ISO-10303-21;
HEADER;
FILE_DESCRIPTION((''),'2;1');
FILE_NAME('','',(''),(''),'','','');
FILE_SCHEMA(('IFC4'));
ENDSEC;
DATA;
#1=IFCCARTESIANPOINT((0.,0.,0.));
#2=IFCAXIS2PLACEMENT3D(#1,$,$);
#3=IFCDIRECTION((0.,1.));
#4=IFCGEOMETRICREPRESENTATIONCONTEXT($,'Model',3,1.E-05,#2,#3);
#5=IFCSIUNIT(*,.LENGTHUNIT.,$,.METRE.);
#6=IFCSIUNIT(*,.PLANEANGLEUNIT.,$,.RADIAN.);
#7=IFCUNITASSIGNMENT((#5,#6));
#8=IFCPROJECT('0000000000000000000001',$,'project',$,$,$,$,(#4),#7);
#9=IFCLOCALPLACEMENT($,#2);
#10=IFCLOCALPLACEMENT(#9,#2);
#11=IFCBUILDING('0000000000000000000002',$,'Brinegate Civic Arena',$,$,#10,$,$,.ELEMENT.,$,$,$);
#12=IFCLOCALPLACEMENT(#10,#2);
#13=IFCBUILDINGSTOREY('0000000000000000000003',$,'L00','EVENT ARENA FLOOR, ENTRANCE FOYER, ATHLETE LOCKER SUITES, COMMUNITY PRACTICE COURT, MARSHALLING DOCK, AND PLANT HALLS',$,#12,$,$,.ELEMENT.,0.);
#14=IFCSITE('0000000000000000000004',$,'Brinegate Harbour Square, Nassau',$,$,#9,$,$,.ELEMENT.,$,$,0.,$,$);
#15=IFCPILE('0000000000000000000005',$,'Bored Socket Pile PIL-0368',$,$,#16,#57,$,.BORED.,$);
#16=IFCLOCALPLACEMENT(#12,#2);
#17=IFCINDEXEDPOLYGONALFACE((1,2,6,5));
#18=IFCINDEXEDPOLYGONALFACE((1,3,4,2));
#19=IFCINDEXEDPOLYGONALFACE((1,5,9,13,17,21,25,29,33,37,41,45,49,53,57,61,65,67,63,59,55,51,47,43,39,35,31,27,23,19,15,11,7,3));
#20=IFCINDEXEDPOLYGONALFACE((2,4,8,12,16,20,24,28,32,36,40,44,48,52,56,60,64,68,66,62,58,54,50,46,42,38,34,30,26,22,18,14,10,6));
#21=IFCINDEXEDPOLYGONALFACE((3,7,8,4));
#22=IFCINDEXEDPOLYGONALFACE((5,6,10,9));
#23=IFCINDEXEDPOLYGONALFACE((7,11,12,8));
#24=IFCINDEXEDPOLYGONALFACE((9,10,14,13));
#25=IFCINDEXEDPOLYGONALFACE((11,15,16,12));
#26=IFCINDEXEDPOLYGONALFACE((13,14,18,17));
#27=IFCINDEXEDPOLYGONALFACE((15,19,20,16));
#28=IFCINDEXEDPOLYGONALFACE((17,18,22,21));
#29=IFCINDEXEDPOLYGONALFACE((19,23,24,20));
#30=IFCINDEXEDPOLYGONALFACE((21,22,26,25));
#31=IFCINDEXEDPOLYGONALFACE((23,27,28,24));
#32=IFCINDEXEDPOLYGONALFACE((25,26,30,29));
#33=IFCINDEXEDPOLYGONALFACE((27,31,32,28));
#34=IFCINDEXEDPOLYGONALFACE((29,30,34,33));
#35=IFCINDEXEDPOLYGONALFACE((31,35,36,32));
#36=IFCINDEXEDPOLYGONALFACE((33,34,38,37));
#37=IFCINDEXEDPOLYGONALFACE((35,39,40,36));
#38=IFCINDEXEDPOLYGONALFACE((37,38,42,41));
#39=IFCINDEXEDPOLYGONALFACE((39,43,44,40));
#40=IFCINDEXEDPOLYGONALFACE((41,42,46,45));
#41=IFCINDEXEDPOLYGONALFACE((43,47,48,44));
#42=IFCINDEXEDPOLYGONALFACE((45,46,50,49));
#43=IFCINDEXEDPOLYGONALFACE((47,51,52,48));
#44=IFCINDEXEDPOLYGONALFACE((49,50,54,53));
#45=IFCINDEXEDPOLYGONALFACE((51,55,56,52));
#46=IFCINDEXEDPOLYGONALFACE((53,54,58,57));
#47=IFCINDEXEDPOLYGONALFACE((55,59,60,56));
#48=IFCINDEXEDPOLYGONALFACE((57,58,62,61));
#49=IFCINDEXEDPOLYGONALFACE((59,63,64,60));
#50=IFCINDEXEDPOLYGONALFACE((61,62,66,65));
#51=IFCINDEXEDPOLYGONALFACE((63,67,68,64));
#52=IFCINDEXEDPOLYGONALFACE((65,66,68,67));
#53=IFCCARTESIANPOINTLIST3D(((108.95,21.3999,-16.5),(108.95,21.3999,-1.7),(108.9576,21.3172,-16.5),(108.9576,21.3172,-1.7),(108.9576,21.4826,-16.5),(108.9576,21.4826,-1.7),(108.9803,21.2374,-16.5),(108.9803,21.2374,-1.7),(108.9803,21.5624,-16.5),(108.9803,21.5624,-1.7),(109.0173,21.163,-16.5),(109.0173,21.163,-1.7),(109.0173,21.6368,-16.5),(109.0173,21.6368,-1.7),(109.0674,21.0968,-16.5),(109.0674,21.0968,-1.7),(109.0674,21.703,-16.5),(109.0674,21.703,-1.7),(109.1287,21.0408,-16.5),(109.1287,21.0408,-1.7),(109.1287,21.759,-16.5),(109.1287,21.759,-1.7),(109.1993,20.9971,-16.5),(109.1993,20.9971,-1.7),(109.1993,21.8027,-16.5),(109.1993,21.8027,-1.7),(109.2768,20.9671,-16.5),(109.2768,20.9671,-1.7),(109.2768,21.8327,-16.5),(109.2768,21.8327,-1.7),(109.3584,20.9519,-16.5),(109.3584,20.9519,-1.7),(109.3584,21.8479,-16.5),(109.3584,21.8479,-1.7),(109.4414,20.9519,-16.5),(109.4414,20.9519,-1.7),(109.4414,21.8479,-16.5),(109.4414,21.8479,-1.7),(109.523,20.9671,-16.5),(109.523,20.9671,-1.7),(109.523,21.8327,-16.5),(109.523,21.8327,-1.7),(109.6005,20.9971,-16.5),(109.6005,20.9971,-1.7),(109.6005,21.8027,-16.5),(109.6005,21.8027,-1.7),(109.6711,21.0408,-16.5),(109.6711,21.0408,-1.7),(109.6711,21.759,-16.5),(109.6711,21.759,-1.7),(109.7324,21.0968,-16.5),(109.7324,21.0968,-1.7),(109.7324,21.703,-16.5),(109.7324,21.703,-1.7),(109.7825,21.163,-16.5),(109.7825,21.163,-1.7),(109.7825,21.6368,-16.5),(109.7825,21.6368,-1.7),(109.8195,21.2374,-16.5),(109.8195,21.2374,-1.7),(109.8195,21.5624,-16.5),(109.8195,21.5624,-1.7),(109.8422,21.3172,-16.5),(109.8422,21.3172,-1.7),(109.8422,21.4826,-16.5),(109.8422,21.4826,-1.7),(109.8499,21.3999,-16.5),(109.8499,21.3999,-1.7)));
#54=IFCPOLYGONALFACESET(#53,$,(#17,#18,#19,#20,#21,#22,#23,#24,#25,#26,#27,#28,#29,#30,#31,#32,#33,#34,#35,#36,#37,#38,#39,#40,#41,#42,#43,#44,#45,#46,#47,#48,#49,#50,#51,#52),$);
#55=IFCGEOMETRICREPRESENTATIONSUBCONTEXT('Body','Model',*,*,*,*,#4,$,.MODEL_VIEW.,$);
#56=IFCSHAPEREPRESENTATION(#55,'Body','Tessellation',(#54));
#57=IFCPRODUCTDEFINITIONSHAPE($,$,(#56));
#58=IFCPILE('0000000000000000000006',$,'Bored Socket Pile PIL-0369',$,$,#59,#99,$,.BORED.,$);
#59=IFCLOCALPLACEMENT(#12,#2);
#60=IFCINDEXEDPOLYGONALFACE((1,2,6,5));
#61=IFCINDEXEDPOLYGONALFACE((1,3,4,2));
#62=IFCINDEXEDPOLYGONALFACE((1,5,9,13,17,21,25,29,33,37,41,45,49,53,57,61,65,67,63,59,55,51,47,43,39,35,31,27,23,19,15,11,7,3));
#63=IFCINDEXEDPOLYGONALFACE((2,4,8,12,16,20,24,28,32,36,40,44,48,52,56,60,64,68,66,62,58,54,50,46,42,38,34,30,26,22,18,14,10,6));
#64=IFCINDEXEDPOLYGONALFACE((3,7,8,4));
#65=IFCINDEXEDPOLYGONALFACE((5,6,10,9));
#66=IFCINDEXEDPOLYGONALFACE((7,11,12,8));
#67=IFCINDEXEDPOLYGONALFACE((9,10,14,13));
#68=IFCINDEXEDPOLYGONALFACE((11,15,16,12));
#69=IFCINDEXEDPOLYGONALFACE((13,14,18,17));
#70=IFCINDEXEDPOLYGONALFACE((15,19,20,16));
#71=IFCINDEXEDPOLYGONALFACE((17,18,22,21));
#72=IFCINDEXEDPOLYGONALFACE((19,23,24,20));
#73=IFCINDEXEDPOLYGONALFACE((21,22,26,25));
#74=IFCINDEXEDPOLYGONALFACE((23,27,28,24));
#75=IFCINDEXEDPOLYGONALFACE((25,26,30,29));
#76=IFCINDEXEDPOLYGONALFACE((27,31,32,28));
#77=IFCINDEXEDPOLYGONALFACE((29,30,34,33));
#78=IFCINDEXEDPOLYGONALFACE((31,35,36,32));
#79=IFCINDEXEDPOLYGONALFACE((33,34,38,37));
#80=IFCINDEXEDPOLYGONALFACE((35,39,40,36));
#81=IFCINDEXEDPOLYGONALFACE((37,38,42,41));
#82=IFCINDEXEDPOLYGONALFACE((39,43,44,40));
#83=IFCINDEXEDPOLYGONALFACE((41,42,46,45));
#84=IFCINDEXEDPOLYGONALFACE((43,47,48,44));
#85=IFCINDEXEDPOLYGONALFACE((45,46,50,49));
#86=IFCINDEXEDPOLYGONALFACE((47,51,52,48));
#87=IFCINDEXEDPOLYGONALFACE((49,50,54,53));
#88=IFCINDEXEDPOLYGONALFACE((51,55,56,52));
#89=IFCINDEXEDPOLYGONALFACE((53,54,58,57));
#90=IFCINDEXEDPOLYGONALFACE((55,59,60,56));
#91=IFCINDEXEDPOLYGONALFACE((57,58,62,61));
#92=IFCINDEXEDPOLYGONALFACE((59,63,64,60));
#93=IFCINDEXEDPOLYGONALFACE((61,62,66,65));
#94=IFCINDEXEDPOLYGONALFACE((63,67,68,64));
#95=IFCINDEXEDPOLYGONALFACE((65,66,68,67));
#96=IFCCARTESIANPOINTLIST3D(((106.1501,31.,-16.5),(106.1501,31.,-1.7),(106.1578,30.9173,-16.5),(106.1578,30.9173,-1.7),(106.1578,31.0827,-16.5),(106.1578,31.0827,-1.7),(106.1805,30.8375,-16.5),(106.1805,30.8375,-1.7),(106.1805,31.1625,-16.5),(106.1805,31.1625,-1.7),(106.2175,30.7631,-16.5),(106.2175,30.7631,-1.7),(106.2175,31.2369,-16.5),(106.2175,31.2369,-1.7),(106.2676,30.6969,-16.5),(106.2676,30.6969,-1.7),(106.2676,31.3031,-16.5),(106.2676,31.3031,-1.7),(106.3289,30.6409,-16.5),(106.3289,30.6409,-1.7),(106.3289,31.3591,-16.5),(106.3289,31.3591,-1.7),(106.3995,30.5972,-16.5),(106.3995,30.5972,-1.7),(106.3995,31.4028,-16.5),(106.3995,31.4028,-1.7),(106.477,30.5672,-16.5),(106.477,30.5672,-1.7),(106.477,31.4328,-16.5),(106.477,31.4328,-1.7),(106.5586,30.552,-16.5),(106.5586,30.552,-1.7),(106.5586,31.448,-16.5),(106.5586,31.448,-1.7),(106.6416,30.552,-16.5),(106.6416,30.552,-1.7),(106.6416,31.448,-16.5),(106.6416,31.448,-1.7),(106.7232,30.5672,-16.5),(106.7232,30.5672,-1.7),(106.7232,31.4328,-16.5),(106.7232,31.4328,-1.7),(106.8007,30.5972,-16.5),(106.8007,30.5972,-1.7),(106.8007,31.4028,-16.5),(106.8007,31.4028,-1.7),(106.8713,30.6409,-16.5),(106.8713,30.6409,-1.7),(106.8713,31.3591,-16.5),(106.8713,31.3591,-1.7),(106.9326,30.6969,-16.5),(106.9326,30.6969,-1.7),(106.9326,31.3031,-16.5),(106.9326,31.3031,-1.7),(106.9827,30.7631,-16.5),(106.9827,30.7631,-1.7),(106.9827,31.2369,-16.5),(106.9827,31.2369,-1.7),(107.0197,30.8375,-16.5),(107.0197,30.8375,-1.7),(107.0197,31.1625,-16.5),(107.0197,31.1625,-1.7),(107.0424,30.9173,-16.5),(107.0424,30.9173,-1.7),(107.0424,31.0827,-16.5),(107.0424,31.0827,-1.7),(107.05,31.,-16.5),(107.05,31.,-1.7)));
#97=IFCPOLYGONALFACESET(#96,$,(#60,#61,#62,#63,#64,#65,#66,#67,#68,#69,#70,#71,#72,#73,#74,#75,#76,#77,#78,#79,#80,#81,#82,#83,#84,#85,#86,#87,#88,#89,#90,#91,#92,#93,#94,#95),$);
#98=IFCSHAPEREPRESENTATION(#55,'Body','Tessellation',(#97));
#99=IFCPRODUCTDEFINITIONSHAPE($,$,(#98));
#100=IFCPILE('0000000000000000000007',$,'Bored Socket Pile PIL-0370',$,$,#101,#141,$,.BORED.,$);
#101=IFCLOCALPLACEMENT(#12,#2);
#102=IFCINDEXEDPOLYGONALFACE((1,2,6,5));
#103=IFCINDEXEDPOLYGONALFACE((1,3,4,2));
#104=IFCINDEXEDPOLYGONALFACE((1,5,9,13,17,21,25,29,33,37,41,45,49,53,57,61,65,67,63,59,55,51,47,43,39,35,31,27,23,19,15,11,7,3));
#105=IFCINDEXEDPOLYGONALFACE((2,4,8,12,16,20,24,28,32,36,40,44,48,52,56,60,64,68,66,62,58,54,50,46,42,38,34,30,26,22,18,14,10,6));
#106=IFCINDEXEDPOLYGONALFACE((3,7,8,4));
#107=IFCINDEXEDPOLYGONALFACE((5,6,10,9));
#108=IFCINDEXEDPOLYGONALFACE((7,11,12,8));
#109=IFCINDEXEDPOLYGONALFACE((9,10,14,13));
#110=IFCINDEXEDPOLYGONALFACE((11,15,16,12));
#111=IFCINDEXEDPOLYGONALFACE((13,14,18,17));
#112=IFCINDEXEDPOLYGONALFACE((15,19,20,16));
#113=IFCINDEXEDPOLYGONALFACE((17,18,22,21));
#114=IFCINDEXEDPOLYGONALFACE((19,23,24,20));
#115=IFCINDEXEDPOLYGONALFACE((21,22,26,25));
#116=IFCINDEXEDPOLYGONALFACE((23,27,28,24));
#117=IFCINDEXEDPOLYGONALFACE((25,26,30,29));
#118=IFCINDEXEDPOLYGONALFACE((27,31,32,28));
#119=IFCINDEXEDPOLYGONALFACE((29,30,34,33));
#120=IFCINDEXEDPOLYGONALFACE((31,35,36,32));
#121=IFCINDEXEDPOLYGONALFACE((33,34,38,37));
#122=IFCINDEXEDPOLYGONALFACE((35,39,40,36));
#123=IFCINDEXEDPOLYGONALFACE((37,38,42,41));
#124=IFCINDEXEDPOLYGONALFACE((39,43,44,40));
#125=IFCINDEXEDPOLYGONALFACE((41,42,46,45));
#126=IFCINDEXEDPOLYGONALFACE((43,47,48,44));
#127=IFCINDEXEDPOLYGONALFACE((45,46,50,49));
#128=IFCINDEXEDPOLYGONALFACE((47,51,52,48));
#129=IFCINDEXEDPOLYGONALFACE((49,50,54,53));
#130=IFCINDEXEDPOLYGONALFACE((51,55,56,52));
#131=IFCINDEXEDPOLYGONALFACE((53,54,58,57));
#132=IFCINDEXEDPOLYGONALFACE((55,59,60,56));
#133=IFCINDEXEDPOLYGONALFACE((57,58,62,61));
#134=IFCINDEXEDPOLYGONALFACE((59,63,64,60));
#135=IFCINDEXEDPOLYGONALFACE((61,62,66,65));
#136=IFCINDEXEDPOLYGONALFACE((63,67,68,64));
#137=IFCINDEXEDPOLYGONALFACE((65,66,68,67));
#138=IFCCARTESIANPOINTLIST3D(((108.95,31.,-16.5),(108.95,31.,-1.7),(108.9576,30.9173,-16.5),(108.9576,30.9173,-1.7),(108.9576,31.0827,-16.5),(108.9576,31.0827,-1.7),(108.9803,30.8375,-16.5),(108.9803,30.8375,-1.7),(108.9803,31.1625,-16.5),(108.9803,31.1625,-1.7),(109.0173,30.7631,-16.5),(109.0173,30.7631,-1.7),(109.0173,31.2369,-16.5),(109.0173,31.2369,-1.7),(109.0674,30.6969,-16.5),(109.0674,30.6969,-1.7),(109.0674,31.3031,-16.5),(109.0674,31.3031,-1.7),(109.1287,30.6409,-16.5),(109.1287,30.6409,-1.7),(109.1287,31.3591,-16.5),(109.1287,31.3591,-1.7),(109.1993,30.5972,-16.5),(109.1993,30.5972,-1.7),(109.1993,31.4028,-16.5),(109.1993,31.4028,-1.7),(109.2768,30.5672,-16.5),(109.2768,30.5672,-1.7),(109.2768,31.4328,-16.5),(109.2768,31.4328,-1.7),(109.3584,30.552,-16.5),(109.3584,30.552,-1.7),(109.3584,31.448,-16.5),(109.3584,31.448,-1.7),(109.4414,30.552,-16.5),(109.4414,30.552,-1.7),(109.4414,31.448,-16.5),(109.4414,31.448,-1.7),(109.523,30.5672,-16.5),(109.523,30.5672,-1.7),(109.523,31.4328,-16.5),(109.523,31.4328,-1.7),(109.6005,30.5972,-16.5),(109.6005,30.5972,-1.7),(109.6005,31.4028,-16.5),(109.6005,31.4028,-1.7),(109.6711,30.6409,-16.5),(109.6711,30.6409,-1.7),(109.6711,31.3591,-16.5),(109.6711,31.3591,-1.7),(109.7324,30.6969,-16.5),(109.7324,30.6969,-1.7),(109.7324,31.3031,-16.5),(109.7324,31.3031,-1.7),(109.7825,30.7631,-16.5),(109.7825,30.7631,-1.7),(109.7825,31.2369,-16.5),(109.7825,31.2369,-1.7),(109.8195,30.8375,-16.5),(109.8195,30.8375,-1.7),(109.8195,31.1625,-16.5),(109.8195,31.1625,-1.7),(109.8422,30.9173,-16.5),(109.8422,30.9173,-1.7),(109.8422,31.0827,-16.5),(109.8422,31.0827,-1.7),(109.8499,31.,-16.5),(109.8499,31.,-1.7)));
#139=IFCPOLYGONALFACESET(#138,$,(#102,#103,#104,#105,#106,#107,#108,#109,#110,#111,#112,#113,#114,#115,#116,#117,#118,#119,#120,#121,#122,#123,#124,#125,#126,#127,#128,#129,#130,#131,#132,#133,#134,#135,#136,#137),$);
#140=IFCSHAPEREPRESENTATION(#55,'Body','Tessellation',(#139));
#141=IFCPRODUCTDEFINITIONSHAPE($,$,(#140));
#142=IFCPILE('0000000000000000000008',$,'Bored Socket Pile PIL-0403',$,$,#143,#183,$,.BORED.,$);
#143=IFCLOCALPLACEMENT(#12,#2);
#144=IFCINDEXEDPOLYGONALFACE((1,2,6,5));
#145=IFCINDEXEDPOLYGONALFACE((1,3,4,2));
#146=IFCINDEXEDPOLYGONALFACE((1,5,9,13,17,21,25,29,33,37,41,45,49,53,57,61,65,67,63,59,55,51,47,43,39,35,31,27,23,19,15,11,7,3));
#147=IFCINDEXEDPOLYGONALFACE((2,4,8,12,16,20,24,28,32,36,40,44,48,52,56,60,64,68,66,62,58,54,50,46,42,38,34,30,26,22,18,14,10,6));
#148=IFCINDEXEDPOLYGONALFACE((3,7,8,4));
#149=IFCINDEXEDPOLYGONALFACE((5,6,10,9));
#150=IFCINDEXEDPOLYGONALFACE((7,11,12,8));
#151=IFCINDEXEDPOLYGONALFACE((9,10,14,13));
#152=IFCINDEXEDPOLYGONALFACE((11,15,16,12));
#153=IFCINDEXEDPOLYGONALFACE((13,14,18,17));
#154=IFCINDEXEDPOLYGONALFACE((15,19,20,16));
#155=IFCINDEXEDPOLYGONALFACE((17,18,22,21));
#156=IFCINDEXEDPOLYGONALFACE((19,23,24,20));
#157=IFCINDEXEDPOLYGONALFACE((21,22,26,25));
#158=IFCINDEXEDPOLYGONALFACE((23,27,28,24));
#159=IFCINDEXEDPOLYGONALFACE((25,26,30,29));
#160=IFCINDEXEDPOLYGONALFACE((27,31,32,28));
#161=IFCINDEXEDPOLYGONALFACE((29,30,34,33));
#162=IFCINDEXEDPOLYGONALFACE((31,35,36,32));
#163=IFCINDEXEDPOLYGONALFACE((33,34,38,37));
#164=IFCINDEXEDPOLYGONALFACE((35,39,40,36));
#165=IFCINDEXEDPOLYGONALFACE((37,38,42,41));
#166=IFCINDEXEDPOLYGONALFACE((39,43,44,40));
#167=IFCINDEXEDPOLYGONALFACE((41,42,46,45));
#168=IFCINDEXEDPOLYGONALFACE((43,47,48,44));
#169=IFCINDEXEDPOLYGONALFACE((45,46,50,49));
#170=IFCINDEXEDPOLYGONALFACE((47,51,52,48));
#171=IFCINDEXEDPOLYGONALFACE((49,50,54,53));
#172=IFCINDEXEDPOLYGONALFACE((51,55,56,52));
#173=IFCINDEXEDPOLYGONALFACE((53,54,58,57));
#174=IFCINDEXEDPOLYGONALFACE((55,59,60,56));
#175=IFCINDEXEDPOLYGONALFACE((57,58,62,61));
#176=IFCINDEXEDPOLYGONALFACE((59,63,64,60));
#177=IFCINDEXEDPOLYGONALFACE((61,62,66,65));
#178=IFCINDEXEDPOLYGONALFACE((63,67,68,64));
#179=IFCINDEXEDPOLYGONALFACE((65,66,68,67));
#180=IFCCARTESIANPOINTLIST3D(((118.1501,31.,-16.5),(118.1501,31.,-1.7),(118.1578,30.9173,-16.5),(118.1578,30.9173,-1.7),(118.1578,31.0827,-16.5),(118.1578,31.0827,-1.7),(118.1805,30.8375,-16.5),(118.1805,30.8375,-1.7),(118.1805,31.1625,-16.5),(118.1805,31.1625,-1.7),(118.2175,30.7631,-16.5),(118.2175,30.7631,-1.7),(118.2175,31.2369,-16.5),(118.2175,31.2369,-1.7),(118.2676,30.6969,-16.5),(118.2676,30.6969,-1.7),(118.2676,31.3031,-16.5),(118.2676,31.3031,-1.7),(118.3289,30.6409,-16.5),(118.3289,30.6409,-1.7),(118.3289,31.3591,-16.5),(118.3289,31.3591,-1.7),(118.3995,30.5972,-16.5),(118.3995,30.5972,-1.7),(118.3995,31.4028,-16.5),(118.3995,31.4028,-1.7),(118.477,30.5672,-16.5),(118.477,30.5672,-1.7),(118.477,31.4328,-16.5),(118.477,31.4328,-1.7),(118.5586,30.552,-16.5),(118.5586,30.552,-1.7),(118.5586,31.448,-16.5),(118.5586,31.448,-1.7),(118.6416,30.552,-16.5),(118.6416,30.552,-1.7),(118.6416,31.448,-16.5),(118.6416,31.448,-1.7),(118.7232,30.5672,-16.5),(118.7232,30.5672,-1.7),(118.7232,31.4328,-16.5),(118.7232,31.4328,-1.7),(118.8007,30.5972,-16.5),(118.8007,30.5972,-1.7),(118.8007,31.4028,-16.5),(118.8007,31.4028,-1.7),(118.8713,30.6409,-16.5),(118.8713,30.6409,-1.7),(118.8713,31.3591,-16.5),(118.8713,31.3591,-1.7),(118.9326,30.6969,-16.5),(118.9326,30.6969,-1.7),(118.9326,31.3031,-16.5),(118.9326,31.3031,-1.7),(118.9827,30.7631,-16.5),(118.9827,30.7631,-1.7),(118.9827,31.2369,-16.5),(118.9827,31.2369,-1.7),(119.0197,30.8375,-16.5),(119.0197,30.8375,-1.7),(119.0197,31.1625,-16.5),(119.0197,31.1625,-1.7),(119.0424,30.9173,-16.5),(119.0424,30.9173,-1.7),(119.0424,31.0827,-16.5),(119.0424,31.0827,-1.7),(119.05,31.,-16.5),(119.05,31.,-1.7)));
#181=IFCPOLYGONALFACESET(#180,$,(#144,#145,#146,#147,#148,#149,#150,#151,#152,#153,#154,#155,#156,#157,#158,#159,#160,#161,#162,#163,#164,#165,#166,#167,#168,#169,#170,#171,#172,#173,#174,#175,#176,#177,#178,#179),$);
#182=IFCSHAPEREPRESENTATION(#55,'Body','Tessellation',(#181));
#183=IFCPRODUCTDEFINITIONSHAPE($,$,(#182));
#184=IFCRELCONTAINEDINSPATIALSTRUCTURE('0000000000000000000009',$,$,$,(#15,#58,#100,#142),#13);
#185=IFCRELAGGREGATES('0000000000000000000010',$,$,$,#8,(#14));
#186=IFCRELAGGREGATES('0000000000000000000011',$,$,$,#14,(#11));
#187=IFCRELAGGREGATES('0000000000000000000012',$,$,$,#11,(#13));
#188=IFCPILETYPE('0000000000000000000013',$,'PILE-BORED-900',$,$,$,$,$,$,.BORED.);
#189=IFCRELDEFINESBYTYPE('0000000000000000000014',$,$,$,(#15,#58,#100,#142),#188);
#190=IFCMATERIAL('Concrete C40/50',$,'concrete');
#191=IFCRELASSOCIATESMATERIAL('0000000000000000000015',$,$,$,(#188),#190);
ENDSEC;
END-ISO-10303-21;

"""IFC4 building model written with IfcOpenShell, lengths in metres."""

from ifc_helpers import new_model, si_unit, direction, frame, origin, origin_2d, place, context, subcontext, project, spatial, circle, extrude, material, material_profile, profile_set, type_object, element, save


model = new_model("IFC4")

# Units and contexts
model_context = context("Model", 3, precision=1e-05, world=origin(), true_north=direction((0.0, 1.0)))
body_context = subcontext(model_context, "Body", "Model", "MODEL_VIEW")
ifc_project = project(units=[si_unit("LENGTHUNIT", "METRE"), si_unit("PLANEANGLEUNIT", "RADIAN")], contexts=[model_context])

# Site, building, storey
site_placement = place(None, origin())
site = spatial("IfcSite", under=ifc_project, at=site_placement, Name="Brinegate Harbour Square, Nassau", CompositionType="ELEMENT", RefElevation=0.0)
building_placement = place(site_placement, origin())
building = spatial("IfcBuilding", under=site, at=building_placement, Name="Brinegate Civic Arena", CompositionType="ELEMENT")
storey_placement = place(building_placement, origin())
storey = spatial("IfcBuildingStorey", under=building, at=storey_placement, Name="L00", Description="EVENT ARENA FLOOR, ENTRANCE FOYER, ATHLETE LOCKER SUITES, COMMUNITY PRACTICE COURT, MARSHALLING DOCK, AND PLANT HALLS", CompositionType="ELEMENT", Elevation=0.0)

# Shared definitions
ifc_material_1 = material(Name="Concrete C40/50", Category="concrete")

# Piles
ifc_material_profile_1 = material_profile(ifc_material_1, circle(Radius=0.45, at=origin_2d()), Name="PILED900")
ifc_profile_set_1 = profile_set([ifc_material_profile_1], Name="Concrete C40/50")
pile_type_1 = type_object("IfcPileType", Name="PILE-BORED-900", PredefinedType="BORED", material=ifc_profile_set_1)
for number, where, z_axis, x_axis, name in (
    (1, (109.3999, 21.3999, -1.7), (0.0, 0.0, -1.0), (1.0, 0.0, 0.0), "Bored Socket Pile PIL-0368"),
    (2, (106.6001, 31.0, -1.7), (0.0, 0.0, -1.0), (1.0, 0.0, 0.0), "Bored Socket Pile PIL-0369"),
    (3, (109.3999, 31.0, -1.7), (0.0, 0.0, -1.0), (1.0, 0.0, 0.0), "Bored Socket Pile PIL-0370"),
    (4, (118.6001, 31.0, -1.7), (0.0, 0.0, -1.0), (1.0, 0.0, 0.0), "Bored Socket Pile PIL-0403"),
):
    element("IfcPile", number, at=place(storey_placement, frame(where, z_axis=z_axis, x_axis=x_axis)), inside=storey, type_object=pile_type_1, Name=name, PredefinedType="BORED", context=body_context, shape_type="SweptSolid", body=[
        extrude(circle(Radius=0.45, at=origin_2d()), origin(), (0.0, 0.0, 1.0), 14.8),
    ])

save(model, "model.ifc")
